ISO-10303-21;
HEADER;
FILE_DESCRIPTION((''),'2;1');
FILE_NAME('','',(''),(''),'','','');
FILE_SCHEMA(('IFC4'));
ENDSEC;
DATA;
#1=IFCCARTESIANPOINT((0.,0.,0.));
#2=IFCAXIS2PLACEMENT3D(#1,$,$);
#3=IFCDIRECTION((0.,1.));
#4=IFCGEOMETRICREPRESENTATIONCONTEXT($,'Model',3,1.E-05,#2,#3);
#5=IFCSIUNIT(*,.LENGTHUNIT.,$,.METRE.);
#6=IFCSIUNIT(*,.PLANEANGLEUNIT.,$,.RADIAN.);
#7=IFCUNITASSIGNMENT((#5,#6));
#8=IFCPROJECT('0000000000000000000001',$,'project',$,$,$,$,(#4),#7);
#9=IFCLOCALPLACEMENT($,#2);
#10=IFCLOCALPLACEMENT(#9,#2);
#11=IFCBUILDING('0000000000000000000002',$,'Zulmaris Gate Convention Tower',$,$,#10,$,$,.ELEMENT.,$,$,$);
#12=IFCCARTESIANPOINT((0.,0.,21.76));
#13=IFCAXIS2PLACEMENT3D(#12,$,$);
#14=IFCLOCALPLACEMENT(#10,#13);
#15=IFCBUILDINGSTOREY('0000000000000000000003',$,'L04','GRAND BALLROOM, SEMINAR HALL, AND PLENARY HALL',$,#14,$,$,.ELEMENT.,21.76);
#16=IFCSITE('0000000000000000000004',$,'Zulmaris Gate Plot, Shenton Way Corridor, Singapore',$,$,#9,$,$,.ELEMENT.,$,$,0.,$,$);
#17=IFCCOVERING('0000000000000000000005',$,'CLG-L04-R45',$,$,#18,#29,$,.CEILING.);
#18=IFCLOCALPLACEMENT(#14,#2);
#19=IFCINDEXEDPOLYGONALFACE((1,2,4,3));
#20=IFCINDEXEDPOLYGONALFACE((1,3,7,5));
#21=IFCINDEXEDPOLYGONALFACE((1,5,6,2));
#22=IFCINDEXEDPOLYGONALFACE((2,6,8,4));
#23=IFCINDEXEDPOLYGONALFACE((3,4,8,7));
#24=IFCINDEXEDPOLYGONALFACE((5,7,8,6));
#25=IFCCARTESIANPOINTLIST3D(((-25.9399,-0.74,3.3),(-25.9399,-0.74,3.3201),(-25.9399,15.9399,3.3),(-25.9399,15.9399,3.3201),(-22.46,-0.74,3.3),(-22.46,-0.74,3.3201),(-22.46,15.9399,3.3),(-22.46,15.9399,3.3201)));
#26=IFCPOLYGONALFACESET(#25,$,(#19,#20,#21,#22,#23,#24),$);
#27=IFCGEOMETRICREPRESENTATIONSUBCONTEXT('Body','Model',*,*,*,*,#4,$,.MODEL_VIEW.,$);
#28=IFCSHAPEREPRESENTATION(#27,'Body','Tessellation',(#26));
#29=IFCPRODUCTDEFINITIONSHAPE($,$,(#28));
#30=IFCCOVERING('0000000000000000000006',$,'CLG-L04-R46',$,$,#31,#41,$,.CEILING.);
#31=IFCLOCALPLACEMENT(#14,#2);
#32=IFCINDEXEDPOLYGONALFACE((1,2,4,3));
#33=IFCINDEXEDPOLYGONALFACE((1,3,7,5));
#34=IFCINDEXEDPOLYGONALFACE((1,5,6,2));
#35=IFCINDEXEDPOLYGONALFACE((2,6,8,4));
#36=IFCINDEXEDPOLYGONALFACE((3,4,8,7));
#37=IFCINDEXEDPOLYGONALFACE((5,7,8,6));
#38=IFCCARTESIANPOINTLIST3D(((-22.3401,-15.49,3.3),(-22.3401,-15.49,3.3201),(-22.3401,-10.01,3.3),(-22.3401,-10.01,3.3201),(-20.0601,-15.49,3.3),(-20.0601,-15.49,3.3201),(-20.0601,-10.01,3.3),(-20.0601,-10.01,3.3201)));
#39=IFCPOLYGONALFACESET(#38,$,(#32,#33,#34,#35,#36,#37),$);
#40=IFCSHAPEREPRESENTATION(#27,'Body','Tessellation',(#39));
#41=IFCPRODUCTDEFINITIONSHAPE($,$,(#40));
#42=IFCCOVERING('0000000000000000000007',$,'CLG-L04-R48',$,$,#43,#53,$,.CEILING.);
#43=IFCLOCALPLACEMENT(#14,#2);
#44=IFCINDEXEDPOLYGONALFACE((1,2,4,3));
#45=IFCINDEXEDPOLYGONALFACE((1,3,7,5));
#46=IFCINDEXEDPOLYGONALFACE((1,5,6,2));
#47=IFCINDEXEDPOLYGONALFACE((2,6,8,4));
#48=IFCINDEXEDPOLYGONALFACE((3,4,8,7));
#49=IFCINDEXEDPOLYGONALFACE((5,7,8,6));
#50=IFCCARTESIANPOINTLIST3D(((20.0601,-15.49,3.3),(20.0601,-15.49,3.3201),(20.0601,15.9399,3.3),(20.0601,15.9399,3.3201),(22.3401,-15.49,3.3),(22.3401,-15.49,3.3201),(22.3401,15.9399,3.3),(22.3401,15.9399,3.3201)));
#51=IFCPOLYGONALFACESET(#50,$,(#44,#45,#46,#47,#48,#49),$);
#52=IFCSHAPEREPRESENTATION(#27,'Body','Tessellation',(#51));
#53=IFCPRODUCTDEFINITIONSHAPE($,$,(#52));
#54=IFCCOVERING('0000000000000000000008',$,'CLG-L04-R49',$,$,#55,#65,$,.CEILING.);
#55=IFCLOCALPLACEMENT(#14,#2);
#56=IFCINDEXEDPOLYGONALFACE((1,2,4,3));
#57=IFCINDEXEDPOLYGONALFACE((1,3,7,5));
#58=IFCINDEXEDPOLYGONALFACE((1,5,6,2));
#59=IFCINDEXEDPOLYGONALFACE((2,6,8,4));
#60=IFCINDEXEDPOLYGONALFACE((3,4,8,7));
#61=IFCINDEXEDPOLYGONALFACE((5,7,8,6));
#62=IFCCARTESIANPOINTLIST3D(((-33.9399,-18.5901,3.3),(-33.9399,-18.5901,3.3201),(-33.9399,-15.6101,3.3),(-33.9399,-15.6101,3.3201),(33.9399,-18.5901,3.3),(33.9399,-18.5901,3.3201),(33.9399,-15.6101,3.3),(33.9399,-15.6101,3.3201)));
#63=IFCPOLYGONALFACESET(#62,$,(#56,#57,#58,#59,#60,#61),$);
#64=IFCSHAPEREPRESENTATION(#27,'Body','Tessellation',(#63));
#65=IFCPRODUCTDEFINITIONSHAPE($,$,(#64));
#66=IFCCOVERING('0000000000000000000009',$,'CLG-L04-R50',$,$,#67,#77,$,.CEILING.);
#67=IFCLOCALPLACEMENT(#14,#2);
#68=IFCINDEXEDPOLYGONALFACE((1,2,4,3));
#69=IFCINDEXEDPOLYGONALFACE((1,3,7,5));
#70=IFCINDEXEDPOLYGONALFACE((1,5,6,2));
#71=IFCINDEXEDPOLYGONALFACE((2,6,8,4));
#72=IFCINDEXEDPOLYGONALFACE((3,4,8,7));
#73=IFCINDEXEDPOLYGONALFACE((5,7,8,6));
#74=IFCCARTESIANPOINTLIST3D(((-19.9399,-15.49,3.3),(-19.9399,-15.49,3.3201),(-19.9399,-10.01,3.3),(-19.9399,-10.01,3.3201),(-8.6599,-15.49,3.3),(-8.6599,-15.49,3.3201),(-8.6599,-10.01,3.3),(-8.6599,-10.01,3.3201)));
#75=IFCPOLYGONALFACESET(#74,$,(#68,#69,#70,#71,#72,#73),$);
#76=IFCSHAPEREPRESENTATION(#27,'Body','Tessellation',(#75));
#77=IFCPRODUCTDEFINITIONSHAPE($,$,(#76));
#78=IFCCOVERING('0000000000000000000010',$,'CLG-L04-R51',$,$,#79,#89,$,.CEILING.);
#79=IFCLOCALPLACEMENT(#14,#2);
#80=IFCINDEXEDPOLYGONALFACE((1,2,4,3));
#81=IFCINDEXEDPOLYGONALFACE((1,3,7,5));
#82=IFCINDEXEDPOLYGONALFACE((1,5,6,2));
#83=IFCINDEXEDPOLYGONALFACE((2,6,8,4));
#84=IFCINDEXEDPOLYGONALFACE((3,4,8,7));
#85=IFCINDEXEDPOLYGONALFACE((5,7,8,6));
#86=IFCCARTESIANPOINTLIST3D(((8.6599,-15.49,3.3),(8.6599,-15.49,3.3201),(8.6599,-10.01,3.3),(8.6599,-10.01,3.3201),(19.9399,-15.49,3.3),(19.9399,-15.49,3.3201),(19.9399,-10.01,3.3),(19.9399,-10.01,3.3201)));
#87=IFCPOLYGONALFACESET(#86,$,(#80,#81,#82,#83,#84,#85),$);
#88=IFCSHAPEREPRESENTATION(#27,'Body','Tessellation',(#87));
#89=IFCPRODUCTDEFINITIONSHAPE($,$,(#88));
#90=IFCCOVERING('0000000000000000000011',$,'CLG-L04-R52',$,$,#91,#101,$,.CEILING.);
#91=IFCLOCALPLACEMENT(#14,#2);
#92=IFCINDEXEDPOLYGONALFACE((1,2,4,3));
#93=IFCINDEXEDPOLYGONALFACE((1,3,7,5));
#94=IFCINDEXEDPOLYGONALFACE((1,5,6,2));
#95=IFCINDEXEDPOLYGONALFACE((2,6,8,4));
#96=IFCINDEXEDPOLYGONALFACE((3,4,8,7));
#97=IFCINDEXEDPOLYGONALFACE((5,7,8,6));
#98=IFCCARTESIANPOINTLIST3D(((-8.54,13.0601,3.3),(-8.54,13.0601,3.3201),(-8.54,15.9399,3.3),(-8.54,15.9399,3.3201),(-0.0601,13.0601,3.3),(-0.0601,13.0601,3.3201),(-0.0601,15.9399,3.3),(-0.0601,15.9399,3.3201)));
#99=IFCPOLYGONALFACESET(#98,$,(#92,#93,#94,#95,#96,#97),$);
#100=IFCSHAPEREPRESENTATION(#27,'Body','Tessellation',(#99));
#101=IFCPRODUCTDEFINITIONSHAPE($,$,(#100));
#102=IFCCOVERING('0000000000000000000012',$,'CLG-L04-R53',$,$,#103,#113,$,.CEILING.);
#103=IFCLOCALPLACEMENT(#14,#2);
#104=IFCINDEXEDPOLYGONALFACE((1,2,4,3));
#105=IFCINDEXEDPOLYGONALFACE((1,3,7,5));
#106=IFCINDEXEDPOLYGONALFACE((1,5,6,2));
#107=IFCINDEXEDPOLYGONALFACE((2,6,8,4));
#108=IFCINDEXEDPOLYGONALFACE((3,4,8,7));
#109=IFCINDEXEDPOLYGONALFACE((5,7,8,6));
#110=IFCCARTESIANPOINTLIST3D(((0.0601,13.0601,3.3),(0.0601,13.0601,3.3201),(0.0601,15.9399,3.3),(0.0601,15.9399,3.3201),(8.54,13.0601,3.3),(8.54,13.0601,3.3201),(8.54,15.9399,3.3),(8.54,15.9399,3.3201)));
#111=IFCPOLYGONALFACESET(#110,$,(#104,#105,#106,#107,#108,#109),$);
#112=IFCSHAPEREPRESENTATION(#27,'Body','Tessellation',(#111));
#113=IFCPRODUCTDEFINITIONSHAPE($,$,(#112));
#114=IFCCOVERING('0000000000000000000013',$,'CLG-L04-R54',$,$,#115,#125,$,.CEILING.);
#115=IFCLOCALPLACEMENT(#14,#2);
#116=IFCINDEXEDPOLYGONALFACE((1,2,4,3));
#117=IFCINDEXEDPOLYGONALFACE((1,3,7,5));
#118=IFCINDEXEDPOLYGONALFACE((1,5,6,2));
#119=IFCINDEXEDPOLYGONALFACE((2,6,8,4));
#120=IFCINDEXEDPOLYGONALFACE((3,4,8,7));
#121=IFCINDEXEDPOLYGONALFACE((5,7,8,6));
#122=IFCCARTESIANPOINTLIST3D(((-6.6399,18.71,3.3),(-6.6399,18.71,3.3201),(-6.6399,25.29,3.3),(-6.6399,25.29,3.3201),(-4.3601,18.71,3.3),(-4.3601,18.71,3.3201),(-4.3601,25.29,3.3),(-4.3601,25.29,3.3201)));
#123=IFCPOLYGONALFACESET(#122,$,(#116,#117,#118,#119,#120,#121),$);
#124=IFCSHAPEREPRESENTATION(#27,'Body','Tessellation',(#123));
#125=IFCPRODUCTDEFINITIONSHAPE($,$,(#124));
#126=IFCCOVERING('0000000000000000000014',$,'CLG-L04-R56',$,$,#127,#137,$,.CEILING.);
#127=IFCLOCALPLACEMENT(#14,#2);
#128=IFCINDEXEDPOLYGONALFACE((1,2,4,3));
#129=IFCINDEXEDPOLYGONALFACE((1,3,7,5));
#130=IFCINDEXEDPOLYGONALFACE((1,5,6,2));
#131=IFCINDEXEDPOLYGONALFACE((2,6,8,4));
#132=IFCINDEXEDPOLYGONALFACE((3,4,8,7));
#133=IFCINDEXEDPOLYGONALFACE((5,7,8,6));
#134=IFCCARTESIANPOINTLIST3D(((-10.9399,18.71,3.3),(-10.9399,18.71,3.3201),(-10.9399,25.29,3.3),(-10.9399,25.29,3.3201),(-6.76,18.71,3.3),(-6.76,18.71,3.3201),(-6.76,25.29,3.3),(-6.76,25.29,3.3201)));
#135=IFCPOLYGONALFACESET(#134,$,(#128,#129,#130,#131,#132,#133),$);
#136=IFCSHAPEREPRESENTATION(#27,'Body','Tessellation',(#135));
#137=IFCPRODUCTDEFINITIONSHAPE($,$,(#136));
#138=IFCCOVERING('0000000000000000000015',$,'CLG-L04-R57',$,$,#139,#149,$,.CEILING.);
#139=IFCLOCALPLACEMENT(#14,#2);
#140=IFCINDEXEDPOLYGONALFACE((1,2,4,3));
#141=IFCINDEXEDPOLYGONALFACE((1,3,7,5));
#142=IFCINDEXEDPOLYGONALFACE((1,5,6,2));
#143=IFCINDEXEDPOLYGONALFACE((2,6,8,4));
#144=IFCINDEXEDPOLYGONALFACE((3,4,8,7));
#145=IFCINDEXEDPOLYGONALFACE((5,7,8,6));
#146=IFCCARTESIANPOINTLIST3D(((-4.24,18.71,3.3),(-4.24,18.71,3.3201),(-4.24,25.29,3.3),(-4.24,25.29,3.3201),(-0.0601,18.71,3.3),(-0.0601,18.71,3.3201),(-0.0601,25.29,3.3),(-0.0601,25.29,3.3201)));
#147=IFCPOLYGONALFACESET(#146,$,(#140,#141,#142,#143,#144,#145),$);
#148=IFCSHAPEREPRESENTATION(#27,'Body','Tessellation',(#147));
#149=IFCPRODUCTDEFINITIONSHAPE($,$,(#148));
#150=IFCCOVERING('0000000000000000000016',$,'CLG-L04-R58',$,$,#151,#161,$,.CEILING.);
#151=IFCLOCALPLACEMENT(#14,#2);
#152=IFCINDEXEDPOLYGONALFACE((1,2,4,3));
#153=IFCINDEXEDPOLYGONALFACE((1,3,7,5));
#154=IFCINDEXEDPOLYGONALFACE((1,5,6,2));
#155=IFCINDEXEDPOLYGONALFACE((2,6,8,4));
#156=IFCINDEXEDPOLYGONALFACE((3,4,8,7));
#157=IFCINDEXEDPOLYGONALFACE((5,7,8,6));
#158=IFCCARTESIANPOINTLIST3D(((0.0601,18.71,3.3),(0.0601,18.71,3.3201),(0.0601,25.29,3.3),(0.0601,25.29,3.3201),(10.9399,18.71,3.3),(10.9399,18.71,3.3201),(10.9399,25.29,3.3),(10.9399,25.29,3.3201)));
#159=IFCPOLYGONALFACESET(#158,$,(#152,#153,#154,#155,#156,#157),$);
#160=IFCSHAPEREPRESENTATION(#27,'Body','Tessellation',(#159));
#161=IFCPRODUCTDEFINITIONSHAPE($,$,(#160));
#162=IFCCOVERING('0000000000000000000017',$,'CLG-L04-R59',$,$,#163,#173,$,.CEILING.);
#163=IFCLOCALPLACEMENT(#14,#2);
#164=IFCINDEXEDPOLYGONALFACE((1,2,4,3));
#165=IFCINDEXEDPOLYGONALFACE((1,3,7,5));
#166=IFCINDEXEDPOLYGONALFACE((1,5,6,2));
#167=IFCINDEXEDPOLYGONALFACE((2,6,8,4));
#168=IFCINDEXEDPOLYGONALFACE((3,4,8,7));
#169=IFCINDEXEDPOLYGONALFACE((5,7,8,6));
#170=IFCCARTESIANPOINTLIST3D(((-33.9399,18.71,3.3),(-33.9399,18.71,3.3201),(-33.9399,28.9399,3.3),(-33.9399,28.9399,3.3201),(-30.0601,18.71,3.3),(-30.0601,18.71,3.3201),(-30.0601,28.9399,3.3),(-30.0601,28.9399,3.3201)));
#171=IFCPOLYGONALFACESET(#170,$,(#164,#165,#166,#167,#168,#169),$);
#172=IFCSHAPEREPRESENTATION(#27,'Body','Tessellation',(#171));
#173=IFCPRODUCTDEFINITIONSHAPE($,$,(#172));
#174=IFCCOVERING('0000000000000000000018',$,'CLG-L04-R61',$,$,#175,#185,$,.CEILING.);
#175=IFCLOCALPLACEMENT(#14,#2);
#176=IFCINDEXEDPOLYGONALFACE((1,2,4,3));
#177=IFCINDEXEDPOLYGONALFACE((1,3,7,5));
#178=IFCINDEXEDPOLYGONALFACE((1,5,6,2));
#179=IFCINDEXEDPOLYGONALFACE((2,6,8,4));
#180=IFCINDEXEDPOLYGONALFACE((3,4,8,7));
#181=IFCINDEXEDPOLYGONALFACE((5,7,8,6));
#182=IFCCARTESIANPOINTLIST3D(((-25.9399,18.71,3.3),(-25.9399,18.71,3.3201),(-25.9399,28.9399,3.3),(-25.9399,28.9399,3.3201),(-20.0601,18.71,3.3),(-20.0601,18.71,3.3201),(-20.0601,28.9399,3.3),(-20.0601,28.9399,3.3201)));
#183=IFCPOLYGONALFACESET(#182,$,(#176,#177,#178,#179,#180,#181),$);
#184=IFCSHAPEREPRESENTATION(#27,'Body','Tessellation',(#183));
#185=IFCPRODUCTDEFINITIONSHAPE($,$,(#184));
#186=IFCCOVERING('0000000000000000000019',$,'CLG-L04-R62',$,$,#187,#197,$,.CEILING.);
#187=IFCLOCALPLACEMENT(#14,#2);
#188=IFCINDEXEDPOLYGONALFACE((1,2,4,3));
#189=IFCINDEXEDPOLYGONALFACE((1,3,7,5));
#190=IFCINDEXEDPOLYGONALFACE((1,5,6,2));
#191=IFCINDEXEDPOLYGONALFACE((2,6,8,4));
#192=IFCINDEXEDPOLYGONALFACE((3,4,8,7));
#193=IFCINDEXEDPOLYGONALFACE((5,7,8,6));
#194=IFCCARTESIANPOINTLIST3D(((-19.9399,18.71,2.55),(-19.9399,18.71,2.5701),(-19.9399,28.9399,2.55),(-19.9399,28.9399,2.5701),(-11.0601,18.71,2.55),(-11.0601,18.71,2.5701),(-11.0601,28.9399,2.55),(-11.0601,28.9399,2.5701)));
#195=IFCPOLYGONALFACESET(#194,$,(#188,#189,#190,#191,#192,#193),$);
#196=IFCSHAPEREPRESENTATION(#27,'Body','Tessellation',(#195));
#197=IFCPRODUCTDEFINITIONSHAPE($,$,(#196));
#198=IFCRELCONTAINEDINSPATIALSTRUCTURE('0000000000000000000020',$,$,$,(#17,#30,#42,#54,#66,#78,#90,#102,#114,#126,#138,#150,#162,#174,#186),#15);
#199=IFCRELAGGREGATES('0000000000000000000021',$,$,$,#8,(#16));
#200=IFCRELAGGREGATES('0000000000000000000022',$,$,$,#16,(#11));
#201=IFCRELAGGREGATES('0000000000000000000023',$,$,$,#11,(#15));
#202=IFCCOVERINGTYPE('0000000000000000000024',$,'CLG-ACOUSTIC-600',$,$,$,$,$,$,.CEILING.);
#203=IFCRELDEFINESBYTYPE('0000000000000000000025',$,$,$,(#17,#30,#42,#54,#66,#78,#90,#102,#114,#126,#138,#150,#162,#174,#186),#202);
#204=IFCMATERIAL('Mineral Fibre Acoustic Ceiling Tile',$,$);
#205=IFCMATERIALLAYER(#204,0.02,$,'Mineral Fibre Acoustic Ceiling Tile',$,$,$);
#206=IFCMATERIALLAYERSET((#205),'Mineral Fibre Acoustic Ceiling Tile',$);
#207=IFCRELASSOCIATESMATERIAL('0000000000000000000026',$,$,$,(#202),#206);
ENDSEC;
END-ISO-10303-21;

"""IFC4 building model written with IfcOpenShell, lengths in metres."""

from ifc_helpers import new_model, si_unit, direction, frame, origin, place, context, subcontext, project, spatial, polyline, outline, extrude, material, layer, layer_set, type_object, element, save


model = new_model("IFC4")

# Units and contexts
model_context = context("Model", 3, precision=1e-05, world=origin(), true_north=direction((0.0, 1.0)))
body_context = subcontext(model_context, "Body", "Model", "MODEL_VIEW")
ifc_project = project(units=[si_unit("LENGTHUNIT", "METRE"), si_unit("PLANEANGLEUNIT", "RADIAN")], contexts=[model_context])

# Site, building, storey
site_placement = place(None, origin())
site = spatial("IfcSite", under=ifc_project, at=site_placement, Name="Zulmaris Gate Plot, Shenton Way Corridor, Singapore", CompositionType="ELEMENT", RefElevation=0.0)
building_placement = place(site_placement, origin())
building = spatial("IfcBuilding", under=site, at=building_placement, Name="Zulmaris Gate Convention Tower", CompositionType="ELEMENT")
storey_placement = place(building_placement, frame((0.0, 0.0, 21.76)))
storey = spatial("IfcBuildingStorey", under=building, at=storey_placement, Name="L04", Description="GRAND BALLROOM, SEMINAR HALL, AND PLENARY HALL", CompositionType="ELEMENT", Elevation=21.76)

# Coverings
ifc_material_1 = material(Name="Mineral Fibre Acoustic Ceiling Tile")
ifc_layer_1 = layer(ifc_material_1, 0.02, Name="Mineral Fibre Acoustic Ceiling Tile")
ifc_layer_set_1 = layer_set([ifc_layer_1], Name="Mineral Fibre Acoustic Ceiling Tile")
covering_type_1 = type_object("IfcCoveringType", Name="CLG-ACOUSTIC-600", PredefinedType="CEILING", material=ifc_layer_set_1)
covering_1_placement = place(storey_placement, frame((0.0, 0.0, 3.3)))
element("IfcCovering", 1, at=covering_1_placement, inside=storey, type_object=covering_type_1, Name="CLG-L04-R45", PredefinedType="CEILING", context=body_context, shape_type="SweptSolid", body=[
    extrude(outline(polyline([(-25.9399, -0.74), (-22.46, -0.74), (-22.46, 15.9399), (-25.9399, 15.9399), (-25.9399, -0.74)])), origin(), (0.0, 0.0, 1.0), 0.02),
])
covering_2_placement = place(storey_placement, frame((0.0, 0.0, 3.3)))
element("IfcCovering", 2, at=covering_2_placement, inside=storey, type_object=covering_type_1, Name="CLG-L04-R46", PredefinedType="CEILING", context=body_context, shape_type="SweptSolid", body=[
    extrude(outline(polyline([(-22.3401, -15.49), (-20.0601, -15.49), (-20.0601, -10.01), (-22.3401, -10.01), (-22.3401, -15.49)])), origin(), (0.0, 0.0, 1.0), 0.02),
])
covering_3_placement = place(storey_placement, frame((0.0, 0.0, 3.3)))
element("IfcCovering", 3, at=covering_3_placement, inside=storey, type_object=covering_type_1, Name="CLG-L04-R48", PredefinedType="CEILING", context=body_context, shape_type="SweptSolid", body=[
    extrude(outline(polyline([(20.0601, -15.49), (22.3401, -15.49), (22.3401, 15.9399), (20.0601, 15.9399), (20.0601, -15.49)])), origin(), (0.0, 0.0, 1.0), 0.02),
])
covering_4_placement = place(storey_placement, frame((0.0, 0.0, 3.3)))
element("IfcCovering", 4, at=covering_4_placement, inside=storey, type_object=covering_type_1, Name="CLG-L04-R49", PredefinedType="CEILING", context=body_context, shape_type="SweptSolid", body=[
    extrude(outline(polyline([(-33.9399, -18.5901), (33.9399, -18.5901), (33.9399, -15.6101), (-33.9399, -15.6101), (-33.9399, -18.5901)])), origin(), (0.0, 0.0, 1.0), 0.02),
])
covering_5_placement = place(storey_placement, frame((0.0, 0.0, 3.3)))
element("IfcCovering", 5, at=covering_5_placement, inside=storey, type_object=covering_type_1, Name="CLG-L04-R50", PredefinedType="CEILING", context=body_context, shape_type="SweptSolid", body=[
    extrude(outline(polyline([(-19.9399, -15.49), (-8.6599, -15.49), (-8.6599, -10.01), (-19.9399, -10.01), (-19.9399, -15.49)])), origin(), (0.0, 0.0, 1.0), 0.02),
])
covering_6_placement = place(storey_placement, frame((0.0, 0.0, 3.3)))
element("IfcCovering", 6, at=covering_6_placement, inside=storey, type_object=covering_type_1, Name="CLG-L04-R51", PredefinedType="CEILING", context=body_context, shape_type="SweptSolid", body=[
    extrude(outline(polyline([(8.6599, -15.49), (19.9399, -15.49), (19.9399, -10.01), (8.6599, -10.01), (8.6599, -15.49)])), origin(), (0.0, 0.0, 1.0), 0.02),
])
covering_7_placement = place(storey_placement, frame((0.0, 0.0, 3.3)))
element("IfcCovering", 7, at=covering_7_placement, inside=storey, type_object=covering_type_1, Name="CLG-L04-R52", PredefinedType="CEILING", context=body_context, shape_type="SweptSolid", body=[
    extrude(outline(polyline([(-8.54, 13.0601), (-0.0601, 13.0601), (-0.0601, 15.9399), (-8.54, 15.9399), (-8.54, 13.0601)])), origin(), (0.0, 0.0, 1.0), 0.02),
])
covering_8_placement = place(storey_placement, frame((0.0, 0.0, 3.3)))
element("IfcCovering", 8, at=covering_8_placement, inside=storey, type_object=covering_type_1, Name="CLG-L04-R53", PredefinedType="CEILING", context=body_context, shape_type="SweptSolid", body=[
    extrude(outline(polyline([(0.0601, 13.0601), (8.54, 13.0601), (8.54, 15.9399), (0.0601, 15.9399), (0.0601, 13.0601)])), origin(), (0.0, 0.0, 1.0), 0.02),
])
covering_9_placement = place(storey_placement, frame((0.0, 0.0, 3.3)))
element("IfcCovering", 9, at=covering_9_placement, inside=storey, type_object=covering_type_1, Name="CLG-L04-R54", PredefinedType="CEILING", context=body_context, shape_type="SweptSolid", body=[
    extrude(outline(polyline([(-6.6399, 18.71), (-4.3601, 18.71), (-4.3601, 25.29), (-6.6399, 25.29), (-6.6399, 18.71)])), origin(), (0.0, 0.0, 1.0), 0.02),
])
covering_10_placement = place(storey_placement, frame((0.0, 0.0, 3.3)))
element("IfcCovering", 10, at=covering_10_placement, inside=storey, type_object=covering_type_1, Name="CLG-L04-R56", PredefinedType="CEILING", context=body_context, shape_type="SweptSolid", body=[
    extrude(outline(polyline([(-10.9399, 18.71), (-6.76, 18.71), (-6.76, 25.29), (-10.9399, 25.29), (-10.9399, 18.71)])), origin(), (0.0, 0.0, 1.0), 0.02),
])
covering_11_placement = place(storey_placement, frame((0.0, 0.0, 3.3)))
element("IfcCovering", 11, at=covering_11_placement, inside=storey, type_object=covering_type_1, Name="CLG-L04-R57", PredefinedType="CEILING", context=body_context, shape_type="SweptSolid", body=[
    extrude(outline(polyline([(-4.24, 18.71), (-0.0601, 18.71), (-0.0601, 25.29), (-4.24, 25.29), (-4.24, 18.71)])), origin(), (0.0, 0.0, 1.0), 0.02),
])
covering_12_placement = place(storey_placement, frame((0.0, 0.0, 3.3)))
element("IfcCovering", 12, at=covering_12_placement, inside=storey, type_object=covering_type_1, Name="CLG-L04-R58", PredefinedType="CEILING", context=body_context, shape_type="SweptSolid", body=[
    extrude(outline(polyline([(0.0601, 18.71), (10.9399, 18.71), (10.9399, 25.29), (0.0601, 25.29), (0.0601, 18.71)])), origin(), (0.0, 0.0, 1.0), 0.02),
])
covering_13_placement = place(storey_placement, frame((0.0, 0.0, 3.3)))
element("IfcCovering", 13, at=covering_13_placement, inside=storey, type_object=covering_type_1, Name="CLG-L04-R59", PredefinedType="CEILING", context=body_context, shape_type="SweptSolid", body=[
    extrude(outline(polyline([(-33.9399, 18.71), (-30.0601, 18.71), (-30.0601, 28.9399), (-33.9399, 28.9399), (-33.9399, 18.71)])), origin(), (0.0, 0.0, 1.0), 0.02),
])
covering_14_placement = place(storey_placement, frame((0.0, 0.0, 3.3)))
element("IfcCovering", 14, at=covering_14_placement, inside=storey, type_object=covering_type_1, Name="CLG-L04-R61", PredefinedType="CEILING", context=body_context, shape_type="SweptSolid", body=[
    extrude(outline(polyline([(-25.9399, 18.71), (-20.0601, 18.71), (-20.0601, 28.9399), (-25.9399, 28.9399), (-25.9399, 18.71)])), origin(), (0.0, 0.0, 1.0), 0.02),
])
covering_15_placement = place(storey_placement, frame((0.0, 0.0, 2.55)))
element("IfcCovering", 15, at=covering_15_placement, inside=storey, type_object=covering_type_1, Name="CLG-L04-R62", PredefinedType="CEILING", context=body_context, shape_type="SweptSolid", body=[
    extrude(outline(polyline([(-19.9399, 18.71), (-11.0601, 18.71), (-11.0601, 28.9399), (-19.9399, 28.9399), (-19.9399, 18.71)])), origin(), (0.0, 0.0, 1.0), 0.02),
])

save(model, "model.ifc")
